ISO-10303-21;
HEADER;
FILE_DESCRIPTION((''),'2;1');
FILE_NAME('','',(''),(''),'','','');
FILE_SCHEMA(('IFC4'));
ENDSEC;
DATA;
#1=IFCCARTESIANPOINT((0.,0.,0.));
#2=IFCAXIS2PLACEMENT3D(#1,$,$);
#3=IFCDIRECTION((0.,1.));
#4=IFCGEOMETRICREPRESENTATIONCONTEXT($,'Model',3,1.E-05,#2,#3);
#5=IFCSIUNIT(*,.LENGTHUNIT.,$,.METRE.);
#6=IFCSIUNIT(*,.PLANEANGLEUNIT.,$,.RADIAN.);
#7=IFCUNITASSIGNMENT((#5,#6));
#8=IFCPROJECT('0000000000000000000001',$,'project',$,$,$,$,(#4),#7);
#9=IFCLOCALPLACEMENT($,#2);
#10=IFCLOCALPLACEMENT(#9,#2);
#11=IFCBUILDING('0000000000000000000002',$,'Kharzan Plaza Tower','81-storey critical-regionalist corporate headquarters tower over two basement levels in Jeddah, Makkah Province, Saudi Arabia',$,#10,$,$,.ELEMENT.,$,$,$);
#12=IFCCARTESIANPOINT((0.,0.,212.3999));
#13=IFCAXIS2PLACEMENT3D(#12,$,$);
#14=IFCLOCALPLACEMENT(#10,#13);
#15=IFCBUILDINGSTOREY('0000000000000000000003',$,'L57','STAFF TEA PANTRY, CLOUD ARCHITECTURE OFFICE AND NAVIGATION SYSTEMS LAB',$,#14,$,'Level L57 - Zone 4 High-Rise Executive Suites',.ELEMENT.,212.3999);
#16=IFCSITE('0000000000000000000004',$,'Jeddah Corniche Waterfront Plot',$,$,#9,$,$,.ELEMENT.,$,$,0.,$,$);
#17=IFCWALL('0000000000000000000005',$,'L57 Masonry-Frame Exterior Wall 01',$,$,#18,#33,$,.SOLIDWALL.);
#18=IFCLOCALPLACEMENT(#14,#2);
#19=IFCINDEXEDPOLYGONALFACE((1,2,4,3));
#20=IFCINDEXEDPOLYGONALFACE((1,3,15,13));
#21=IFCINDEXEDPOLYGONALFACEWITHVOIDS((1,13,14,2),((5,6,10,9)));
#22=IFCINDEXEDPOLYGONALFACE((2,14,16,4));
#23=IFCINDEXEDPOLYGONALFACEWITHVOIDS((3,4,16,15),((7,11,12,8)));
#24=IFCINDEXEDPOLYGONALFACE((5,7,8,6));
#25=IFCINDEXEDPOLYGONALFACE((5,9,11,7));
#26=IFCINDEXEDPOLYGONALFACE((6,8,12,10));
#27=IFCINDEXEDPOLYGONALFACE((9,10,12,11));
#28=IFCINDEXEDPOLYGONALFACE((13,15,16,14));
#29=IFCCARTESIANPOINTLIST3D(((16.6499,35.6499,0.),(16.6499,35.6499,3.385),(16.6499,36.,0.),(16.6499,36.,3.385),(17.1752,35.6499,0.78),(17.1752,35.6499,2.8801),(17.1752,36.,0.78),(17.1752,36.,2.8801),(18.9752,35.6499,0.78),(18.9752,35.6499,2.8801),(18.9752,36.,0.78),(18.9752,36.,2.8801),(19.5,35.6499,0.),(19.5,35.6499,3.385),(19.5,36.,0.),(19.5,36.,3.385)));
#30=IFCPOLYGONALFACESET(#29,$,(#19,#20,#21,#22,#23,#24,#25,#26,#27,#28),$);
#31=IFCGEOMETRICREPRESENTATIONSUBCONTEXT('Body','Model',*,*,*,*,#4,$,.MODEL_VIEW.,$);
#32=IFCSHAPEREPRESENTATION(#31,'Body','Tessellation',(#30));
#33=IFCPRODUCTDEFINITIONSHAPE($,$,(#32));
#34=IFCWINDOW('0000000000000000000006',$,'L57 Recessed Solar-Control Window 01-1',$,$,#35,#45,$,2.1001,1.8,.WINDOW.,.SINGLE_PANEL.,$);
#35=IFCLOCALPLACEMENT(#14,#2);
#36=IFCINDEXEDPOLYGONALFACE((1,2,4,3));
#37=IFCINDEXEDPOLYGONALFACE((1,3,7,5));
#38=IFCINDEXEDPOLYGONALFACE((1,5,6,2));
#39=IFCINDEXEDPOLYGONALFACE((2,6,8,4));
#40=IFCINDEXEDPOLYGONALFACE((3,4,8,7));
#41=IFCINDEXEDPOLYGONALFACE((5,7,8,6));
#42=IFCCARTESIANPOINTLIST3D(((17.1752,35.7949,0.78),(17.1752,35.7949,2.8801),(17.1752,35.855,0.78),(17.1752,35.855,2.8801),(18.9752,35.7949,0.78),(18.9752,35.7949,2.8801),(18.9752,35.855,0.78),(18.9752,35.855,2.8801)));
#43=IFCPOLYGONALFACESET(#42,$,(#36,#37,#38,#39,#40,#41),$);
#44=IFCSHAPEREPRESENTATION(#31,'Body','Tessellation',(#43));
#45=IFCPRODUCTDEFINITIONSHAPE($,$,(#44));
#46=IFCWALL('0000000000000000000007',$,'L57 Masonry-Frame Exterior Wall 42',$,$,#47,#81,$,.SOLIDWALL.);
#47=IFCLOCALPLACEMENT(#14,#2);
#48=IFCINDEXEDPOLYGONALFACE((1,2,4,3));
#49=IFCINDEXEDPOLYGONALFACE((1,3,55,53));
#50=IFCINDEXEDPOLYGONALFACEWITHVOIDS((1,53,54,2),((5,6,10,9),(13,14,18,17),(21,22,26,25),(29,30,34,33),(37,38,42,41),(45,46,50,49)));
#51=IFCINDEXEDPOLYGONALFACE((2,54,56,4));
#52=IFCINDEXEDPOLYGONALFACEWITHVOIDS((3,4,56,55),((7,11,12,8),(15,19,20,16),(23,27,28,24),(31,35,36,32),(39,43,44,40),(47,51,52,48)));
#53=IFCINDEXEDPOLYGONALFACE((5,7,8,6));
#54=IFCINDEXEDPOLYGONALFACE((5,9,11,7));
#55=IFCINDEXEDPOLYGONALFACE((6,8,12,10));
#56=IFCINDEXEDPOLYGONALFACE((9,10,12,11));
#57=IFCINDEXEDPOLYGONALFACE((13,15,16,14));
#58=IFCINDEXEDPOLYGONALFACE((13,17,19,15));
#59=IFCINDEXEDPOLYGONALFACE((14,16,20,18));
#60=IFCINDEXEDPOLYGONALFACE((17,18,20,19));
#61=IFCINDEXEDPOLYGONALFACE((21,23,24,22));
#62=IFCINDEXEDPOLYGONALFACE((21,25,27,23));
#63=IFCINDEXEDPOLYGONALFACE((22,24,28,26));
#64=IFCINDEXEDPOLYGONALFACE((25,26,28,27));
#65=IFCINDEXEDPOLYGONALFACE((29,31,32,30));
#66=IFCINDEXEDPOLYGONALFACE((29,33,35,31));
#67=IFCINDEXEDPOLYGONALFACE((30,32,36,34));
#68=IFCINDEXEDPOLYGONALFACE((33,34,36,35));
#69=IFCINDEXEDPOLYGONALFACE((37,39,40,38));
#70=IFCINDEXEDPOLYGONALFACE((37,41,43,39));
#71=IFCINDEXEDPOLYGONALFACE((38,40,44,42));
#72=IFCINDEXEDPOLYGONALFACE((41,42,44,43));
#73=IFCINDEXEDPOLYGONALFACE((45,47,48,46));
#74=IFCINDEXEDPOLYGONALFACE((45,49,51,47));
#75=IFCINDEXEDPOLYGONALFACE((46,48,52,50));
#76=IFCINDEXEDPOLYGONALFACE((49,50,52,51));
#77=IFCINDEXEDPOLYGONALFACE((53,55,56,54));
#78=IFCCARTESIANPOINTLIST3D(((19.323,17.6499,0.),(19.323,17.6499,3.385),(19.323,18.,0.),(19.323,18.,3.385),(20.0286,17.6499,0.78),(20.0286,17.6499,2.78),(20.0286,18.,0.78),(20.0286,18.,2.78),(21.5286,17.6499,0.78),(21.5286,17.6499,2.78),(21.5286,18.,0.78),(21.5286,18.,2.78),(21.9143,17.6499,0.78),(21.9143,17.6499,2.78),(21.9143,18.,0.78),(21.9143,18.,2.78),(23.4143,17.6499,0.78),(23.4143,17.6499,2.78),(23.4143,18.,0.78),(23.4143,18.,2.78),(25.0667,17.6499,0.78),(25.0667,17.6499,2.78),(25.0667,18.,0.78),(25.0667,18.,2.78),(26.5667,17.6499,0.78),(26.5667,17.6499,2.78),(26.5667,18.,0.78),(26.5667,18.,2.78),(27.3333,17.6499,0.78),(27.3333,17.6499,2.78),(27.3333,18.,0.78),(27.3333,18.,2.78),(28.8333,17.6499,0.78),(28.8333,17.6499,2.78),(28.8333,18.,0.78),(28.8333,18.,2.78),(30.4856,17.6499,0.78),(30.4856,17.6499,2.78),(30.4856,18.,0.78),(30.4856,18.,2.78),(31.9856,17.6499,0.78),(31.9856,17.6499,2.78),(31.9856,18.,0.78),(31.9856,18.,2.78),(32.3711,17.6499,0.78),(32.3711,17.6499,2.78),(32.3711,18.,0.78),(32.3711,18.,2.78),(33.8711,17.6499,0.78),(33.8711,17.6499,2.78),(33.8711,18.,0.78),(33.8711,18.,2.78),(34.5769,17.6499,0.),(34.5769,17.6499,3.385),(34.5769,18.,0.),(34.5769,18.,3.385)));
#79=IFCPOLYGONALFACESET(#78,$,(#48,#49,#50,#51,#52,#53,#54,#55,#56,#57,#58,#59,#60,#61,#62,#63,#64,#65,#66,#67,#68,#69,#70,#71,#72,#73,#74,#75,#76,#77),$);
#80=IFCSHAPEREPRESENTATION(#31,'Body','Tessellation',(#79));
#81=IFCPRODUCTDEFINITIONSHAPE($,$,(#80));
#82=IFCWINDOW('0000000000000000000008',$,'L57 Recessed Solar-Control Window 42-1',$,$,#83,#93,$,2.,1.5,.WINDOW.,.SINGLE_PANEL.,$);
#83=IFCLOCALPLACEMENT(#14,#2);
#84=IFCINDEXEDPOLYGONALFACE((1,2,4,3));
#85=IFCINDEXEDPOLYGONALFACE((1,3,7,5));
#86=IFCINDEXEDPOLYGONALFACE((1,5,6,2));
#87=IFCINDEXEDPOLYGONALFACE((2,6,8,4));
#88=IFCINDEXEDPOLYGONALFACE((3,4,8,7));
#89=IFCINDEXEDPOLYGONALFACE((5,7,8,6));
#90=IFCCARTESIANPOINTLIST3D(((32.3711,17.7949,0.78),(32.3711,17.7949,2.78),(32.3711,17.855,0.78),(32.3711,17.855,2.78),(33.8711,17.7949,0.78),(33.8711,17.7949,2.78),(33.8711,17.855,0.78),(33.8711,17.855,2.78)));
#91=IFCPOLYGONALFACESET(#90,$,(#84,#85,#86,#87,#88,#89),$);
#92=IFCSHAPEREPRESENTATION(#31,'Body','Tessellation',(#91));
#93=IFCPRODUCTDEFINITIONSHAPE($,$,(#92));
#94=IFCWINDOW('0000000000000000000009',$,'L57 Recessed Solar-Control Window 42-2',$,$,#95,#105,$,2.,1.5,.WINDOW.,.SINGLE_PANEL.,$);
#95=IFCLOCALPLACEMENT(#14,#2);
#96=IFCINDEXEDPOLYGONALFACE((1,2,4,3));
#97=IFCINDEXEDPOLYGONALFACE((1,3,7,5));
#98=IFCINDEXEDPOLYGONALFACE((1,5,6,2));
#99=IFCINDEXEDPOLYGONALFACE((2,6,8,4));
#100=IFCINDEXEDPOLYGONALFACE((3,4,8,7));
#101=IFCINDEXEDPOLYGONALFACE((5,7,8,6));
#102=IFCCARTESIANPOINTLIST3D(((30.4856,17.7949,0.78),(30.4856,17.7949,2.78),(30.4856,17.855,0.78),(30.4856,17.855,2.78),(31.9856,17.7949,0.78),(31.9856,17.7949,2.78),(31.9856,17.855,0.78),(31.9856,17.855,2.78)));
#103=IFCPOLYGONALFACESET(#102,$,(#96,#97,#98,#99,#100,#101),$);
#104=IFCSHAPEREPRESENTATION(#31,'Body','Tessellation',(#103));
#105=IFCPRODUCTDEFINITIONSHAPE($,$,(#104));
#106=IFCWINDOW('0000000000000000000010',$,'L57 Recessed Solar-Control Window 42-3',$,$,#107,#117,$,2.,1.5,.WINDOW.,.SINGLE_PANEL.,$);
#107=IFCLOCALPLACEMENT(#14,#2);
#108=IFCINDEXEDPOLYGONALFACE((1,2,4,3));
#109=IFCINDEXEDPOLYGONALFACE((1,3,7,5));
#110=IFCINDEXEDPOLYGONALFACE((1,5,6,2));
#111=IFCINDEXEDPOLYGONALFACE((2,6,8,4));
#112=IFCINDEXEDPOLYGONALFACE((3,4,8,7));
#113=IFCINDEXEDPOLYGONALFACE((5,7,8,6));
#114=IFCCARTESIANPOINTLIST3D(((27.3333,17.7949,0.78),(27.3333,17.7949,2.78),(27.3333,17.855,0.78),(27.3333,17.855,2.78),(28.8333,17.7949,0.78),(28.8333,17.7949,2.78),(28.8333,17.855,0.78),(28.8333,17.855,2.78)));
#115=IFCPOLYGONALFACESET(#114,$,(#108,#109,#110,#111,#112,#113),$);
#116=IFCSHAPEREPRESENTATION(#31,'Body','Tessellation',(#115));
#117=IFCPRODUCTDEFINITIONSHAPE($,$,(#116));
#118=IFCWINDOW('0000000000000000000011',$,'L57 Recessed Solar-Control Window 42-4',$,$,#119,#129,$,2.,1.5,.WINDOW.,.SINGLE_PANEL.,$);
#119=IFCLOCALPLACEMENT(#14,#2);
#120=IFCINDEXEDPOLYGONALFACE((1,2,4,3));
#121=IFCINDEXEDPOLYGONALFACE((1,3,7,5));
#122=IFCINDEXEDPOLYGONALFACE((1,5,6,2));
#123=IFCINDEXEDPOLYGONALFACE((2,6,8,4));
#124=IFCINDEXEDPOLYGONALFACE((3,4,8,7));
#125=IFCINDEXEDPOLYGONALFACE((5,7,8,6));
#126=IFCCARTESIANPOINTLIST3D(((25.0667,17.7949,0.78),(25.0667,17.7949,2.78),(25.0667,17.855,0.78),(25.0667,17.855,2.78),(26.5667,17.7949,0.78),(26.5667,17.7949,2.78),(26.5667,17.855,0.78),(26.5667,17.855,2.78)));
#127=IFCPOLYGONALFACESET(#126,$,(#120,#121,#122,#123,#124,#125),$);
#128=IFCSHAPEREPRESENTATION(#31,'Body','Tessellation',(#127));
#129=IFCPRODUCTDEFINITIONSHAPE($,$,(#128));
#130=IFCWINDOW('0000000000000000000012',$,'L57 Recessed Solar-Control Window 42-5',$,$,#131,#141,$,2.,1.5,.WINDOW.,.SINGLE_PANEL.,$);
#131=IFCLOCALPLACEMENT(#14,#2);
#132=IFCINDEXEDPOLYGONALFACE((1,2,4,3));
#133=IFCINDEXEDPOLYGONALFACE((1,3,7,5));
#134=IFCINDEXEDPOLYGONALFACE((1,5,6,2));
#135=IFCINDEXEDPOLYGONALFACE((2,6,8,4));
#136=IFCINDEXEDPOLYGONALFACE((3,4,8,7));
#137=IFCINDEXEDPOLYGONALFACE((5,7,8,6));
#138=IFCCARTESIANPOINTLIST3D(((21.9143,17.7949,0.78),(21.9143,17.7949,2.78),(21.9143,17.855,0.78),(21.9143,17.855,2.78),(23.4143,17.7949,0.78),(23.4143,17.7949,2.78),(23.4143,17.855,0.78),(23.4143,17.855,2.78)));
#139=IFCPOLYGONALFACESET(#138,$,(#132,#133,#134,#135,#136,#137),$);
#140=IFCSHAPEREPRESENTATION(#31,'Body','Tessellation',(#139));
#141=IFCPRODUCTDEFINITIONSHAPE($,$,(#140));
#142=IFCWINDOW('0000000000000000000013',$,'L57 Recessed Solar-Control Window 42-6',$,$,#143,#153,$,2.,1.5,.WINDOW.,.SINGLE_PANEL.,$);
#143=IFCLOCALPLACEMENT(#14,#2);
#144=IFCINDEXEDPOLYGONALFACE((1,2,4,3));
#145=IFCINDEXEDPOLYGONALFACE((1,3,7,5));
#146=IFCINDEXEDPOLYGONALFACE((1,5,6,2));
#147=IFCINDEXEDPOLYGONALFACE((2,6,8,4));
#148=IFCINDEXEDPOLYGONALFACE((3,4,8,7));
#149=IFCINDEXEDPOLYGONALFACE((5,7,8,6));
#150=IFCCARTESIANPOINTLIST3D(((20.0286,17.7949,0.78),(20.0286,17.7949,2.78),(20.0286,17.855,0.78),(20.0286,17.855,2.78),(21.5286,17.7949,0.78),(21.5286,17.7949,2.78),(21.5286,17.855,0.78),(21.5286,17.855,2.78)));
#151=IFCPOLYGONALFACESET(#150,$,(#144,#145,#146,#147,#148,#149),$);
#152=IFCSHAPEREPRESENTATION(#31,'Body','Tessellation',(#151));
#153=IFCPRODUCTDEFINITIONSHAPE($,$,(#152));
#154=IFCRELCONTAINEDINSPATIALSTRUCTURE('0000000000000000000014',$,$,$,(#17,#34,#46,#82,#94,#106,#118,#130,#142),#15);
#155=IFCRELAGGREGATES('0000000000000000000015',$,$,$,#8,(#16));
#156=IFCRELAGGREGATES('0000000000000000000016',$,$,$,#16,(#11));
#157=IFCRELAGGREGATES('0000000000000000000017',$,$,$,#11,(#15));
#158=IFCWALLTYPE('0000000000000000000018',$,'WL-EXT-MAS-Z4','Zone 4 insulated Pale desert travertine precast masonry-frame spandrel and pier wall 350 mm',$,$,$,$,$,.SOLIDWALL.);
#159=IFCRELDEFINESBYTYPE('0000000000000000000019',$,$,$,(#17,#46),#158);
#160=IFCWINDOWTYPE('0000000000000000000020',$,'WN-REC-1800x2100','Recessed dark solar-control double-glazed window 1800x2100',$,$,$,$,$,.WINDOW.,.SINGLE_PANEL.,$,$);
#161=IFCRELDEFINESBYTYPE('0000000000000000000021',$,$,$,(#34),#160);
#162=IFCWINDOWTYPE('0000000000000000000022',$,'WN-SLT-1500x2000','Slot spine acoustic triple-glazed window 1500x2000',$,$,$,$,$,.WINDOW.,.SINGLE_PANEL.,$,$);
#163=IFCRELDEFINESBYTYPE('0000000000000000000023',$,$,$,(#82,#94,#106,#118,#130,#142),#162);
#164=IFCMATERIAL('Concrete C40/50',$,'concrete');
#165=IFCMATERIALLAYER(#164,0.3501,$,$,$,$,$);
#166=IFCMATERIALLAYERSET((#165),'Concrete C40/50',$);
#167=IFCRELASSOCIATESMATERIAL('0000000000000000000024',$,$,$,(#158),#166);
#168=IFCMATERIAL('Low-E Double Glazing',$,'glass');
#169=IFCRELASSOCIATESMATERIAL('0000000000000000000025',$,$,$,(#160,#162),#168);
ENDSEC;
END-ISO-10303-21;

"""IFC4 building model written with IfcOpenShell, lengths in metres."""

from ifc_helpers import new_model, si_unit, direction, frame, frame_2d, origin, place, context, subcontext, project, spatial, rectangle, extrude, source, transform, mapped, material, layer, layer_set, type_object, element, fill, save


model = new_model("IFC4")

# Units and contexts
model_context = context("Model", 3, precision=1e-05, world=origin(), true_north=direction((0.0, 1.0)))
body_context = subcontext(model_context, "Body", "Model", "MODEL_VIEW")
ifc_project = project(units=[si_unit("LENGTHUNIT", "METRE"), si_unit("PLANEANGLEUNIT", "RADIAN")], contexts=[model_context])

# Site, building, storey
site_placement = place(None, origin())
site = spatial("IfcSite", under=ifc_project, at=site_placement, Name="Jeddah Corniche Waterfront Plot", CompositionType="ELEMENT", RefElevation=0.0)
building_placement = place(site_placement, origin())
building = spatial("IfcBuilding", under=site, at=building_placement, Name="Kharzan Plaza Tower", Description="81-storey critical-regionalist corporate headquarters tower over two basement levels in Jeddah, Makkah Province, Saudi Arabia", CompositionType="ELEMENT")
storey_placement = place(building_placement, frame((0.0, 0.0, 212.3999)))
storey = spatial("IfcBuildingStorey", under=building, at=storey_placement, Name="L57", Description="STAFF TEA PANTRY, CLOUD ARCHITECTURE OFFICE AND NAVIGATION SYSTEMS LAB", LongName="Level L57 - Zone 4 High-Rise Executive Suites", CompositionType="ELEMENT", Elevation=212.3999)

# Wall, opening, window
ifc_material_1 = material(Name="Concrete C40/50", Category="concrete")
ifc_layer_1 = layer(ifc_material_1, 0.3501)
ifc_layer_set_1 = layer_set([ifc_layer_1], Name="Concrete C40/50")
wall_type_1 = type_object("IfcWallType", Name="WL-EXT-MAS-Z4", Description="Zone 4 insulated Pale desert travertine precast masonry-frame spandrel and pier wall 350 mm", PredefinedType="SOLIDWALL", material=ifc_layer_set_1)
wall_1_placement = place(storey_placement, frame((19.5, 35.825, 0.0), z_axis=(0.0, 0.0, 1.0), x_axis=(-1.0, 0.0, 0.0)))
wall_1 = element("IfcWall", 1, at=wall_1_placement, inside=storey, type_object=wall_type_1, Name="L57 Masonry-Frame Exterior Wall 01", PredefinedType="SOLIDWALL", context=body_context, shape_type="SweptSolid", body=[
    extrude(rectangle(XDim=2.8501, YDim=0.3501, at=frame_2d((1.425, 0.0))), origin(), (0.0, 0.0, 1.0), 3.385),
])
opening_1_placement = place(wall_1_placement, frame((0.5249, 0.0, 0.78)))
opening_1 = element("IfcOpeningElement", 2, at=opening_1_placement, cuts=wall_1, PredefinedType="OPENING", context=body_context, shape_type="SweptSolid", body=[
    extrude(rectangle(XDim=1.8, YDim=2.1001, at=frame_2d((0.8999, 1.05))), frame((0.0, 0.1851, 0.0), z_axis=(0.0, -1.0, 0.0), x_axis=(1.0, 0.0, 0.0)), (0.0, 0.0, 1.0), 0.3701),
])
ifc_material_2 = material(Name="Low-E Double Glazing", Category="glass")
window_type_1 = type_object("IfcWindowType", Name="WN-REC-1800x2100", Description="Recessed dark solar-control double-glazed window 1800x2100", PartitioningType="SINGLE_PANEL", PredefinedType="WINDOW", material=ifc_material_2)
shared_shape_1 = source(origin(), body_context, "Body", "SweptSolid", [
    extrude(rectangle(XDim=1.8, YDim=2.1001, at=frame_2d((0.8999, 1.05))), frame((0.0, 0.03, 0.0), z_axis=(0.0, -1.0, 0.0), x_axis=(1.0, 0.0, 0.0)), (0.0, 0.0, 1.0), 0.0601),
])
window_1_placement = place(opening_1_placement, origin())
window_1 = element("IfcWindow", 3, at=window_1_placement, inside=storey, type_object=window_type_1, Name="L57 Recessed Solar-Control Window 01-1", OverallHeight=2.1001, OverallWidth=1.8, PartitioningType="SINGLE_PANEL", PredefinedType="WINDOW", context=body_context, shape_type="MappedRepresentation", body=[
    mapped(shared_shape_1, transform((0.0, 0.0, 0.0), x_axis=(1.0, 0.0, 0.0), y_axis=(0.0, 1.0, 0.0), z_axis=(0.0, 0.0, 1.0))),
])
fill(opening_1, window_1)

# Wall, openings, windows
wall_2_placement = place(storey_placement, frame((34.5769, 17.825, 0.0), z_axis=(0.0, 0.0, 1.0), x_axis=(-1.0, 0.0, 0.0)))
wall_2 = element("IfcWall", 4, at=wall_2_placement, inside=storey, type_object=wall_type_1, Name="L57 Masonry-Frame Exterior Wall 42", PredefinedType="SOLIDWALL", context=body_context, shape_type="SweptSolid", body=[
    extrude(rectangle(XDim=15.2539, YDim=0.3501, at=frame_2d((7.627, 0.0))), origin(), (0.0, 0.0, 1.0), 3.385),
])
opening_2_placement = place(wall_2_placement, frame((0.7058, 0.0, 0.78)))
opening_2 = element("IfcOpeningElement", 5, at=opening_2_placement, cuts=wall_2, PredefinedType="OPENING", context=body_context, shape_type="SweptSolid", body=[
    extrude(rectangle(XDim=1.5, YDim=2.0, at=frame_2d((0.75, 1.0))), frame((0.0, 0.1851, 0.0), z_axis=(0.0, -1.0, 0.0), x_axis=(1.0, 0.0, 0.0)), (0.0, 0.0, 1.0), 0.3701),
])
opening_3_placement = place(wall_2_placement, frame((2.5913, 0.0, 0.78)))
opening_3 = element("IfcOpeningElement", 6, at=opening_3_placement, cuts=wall_2, PredefinedType="OPENING", context=body_context, shape_type="SweptSolid", body=[
    extrude(rectangle(XDim=1.5, YDim=2.0, at=frame_2d((0.75, 1.0))), frame((0.0, 0.1851, 0.0), z_axis=(0.0, -1.0, 0.0), x_axis=(1.0, 0.0, 0.0)), (0.0, 0.0, 1.0), 0.3701),
])
opening_4_placement = place(wall_2_placement, frame((5.7437, 0.0, 0.78)))
opening_4 = element("IfcOpeningElement", 7, at=opening_4_placement, cuts=wall_2, PredefinedType="OPENING", context=body_context, shape_type="SweptSolid", body=[
    extrude(rectangle(XDim=1.5, YDim=2.0, at=frame_2d((0.75, 1.0))), frame((0.0, 0.1851, 0.0), z_axis=(0.0, -1.0, 0.0), x_axis=(1.0, 0.0, 0.0)), (0.0, 0.0, 1.0), 0.3701),
])
opening_5_placement = place(wall_2_placement, frame((8.0103, 0.0, 0.78)))
opening_5 = element("IfcOpeningElement", 8, at=opening_5_placement, cuts=wall_2, PredefinedType="OPENING", context=body_context, shape_type="SweptSolid", body=[
    extrude(rectangle(XDim=1.5, YDim=2.0, at=frame_2d((0.75, 1.0))), frame((0.0, 0.1851, 0.0), z_axis=(0.0, -1.0, 0.0), x_axis=(1.0, 0.0, 0.0)), (0.0, 0.0, 1.0), 0.3701),
])
opening_6_placement = place(wall_2_placement, frame((11.1626, 0.0, 0.78)))
opening_6 = element("IfcOpeningElement", 9, at=opening_6_placement, cuts=wall_2, PredefinedType="OPENING", context=body_context, shape_type="SweptSolid", body=[
    extrude(rectangle(XDim=1.5, YDim=2.0, at=frame_2d((0.75, 1.0))), frame((0.0, 0.1851, 0.0), z_axis=(0.0, -1.0, 0.0), x_axis=(1.0, 0.0, 0.0)), (0.0, 0.0, 1.0), 0.3701),
])
opening_7_placement = place(wall_2_placement, frame((13.0483, 0.0, 0.78)))
opening_7 = element("IfcOpeningElement", 10, at=opening_7_placement, cuts=wall_2, PredefinedType="OPENING", context=body_context, shape_type="SweptSolid", body=[
    extrude(rectangle(XDim=1.5, YDim=2.0, at=frame_2d((0.75, 1.0))), frame((0.0, 0.1851, 0.0), z_axis=(0.0, -1.0, 0.0), x_axis=(1.0, 0.0, 0.0)), (0.0, 0.0, 1.0), 0.3701),
])
window_type_2 = type_object("IfcWindowType", Name="WN-SLT-1500x2000", Description="Slot spine acoustic triple-glazed window 1500x2000", PartitioningType="SINGLE_PANEL", PredefinedType="WINDOW", material=ifc_material_2)
shared_shape_2 = source(origin(), body_context, "Body", "SweptSolid", [
    extrude(rectangle(XDim=1.5, YDim=2.0, at=frame_2d((0.75, 1.0))), frame((0.0, 0.03, 0.0), z_axis=(0.0, -1.0, 0.0), x_axis=(1.0, 0.0, 0.0)), (0.0, 0.0, 1.0), 0.0601),
])
window_2_placement = place(opening_2_placement, origin())
window_2 = element("IfcWindow", 11, at=window_2_placement, inside=storey, type_object=window_type_2, Name="L57 Recessed Solar-Control Window 42-1", OverallHeight=2.0, OverallWidth=1.5, PartitioningType="SINGLE_PANEL", PredefinedType="WINDOW", context=body_context, shape_type="MappedRepresentation", body=[
    mapped(shared_shape_2, transform((0.0, 0.0, 0.0), x_axis=(1.0, 0.0, 0.0), y_axis=(0.0, 1.0, 0.0), z_axis=(0.0, 0.0, 1.0))),
])
fill(opening_2, window_2)
window_3_placement = place(opening_3_placement, origin())
window_3 = element("IfcWindow", 12, at=window_3_placement, inside=storey, type_object=window_type_2, Name="L57 Recessed Solar-Control Window 42-2", OverallHeight=2.0, OverallWidth=1.5, PartitioningType="SINGLE_PANEL", PredefinedType="WINDOW", context=body_context, shape_type="MappedRepresentation", body=[
    mapped(shared_shape_2, transform((0.0, 0.0, 0.0), x_axis=(1.0, 0.0, 0.0), y_axis=(0.0, 1.0, 0.0), z_axis=(0.0, 0.0, 1.0))),
])
fill(opening_3, window_3)
window_4_placement = place(opening_4_placement, origin())
window_4 = element("IfcWindow", 13, at=window_4_placement, inside=storey, type_object=window_type_2, Name="L57 Recessed Solar-Control Window 42-3", OverallHeight=2.0, OverallWidth=1.5, PartitioningType="SINGLE_PANEL", PredefinedType="WINDOW", context=body_context, shape_type="MappedRepresentation", body=[
    mapped(shared_shape_2, transform((0.0, 0.0, 0.0), x_axis=(1.0, 0.0, 0.0), y_axis=(0.0, 1.0, 0.0), z_axis=(0.0, 0.0, 1.0))),
])
fill(opening_4, window_4)
window_5_placement = place(opening_5_placement, origin())
window_5 = element("IfcWindow", 14, at=window_5_placement, inside=storey, type_object=window_type_2, Name="L57 Recessed Solar-Control Window 42-4", OverallHeight=2.0, OverallWidth=1.5, PartitioningType="SINGLE_PANEL", PredefinedType="WINDOW", context=body_context, shape_type="MappedRepresentation", body=[
    mapped(shared_shape_2, transform((0.0, 0.0, 0.0), x_axis=(1.0, 0.0, 0.0), y_axis=(0.0, 1.0, 0.0), z_axis=(0.0, 0.0, 1.0))),
])
fill(opening_5, window_5)
window_6_placement = place(opening_6_placement, origin())
window_6 = element("IfcWindow", 15, at=window_6_placement, inside=storey, type_object=window_type_2, Name="L57 Recessed Solar-Control Window 42-5", OverallHeight=2.0, OverallWidth=1.5, PartitioningType="SINGLE_PANEL", PredefinedType="WINDOW", context=body_context, shape_type="MappedRepresentation", body=[
    mapped(shared_shape_2, transform((0.0, 0.0, 0.0), x_axis=(1.0, 0.0, 0.0), y_axis=(0.0, 1.0, 0.0), z_axis=(0.0, 0.0, 1.0))),
])
fill(opening_6, window_6)
window_7_placement = place(opening_7_placement, origin())
window_7 = element("IfcWindow", 16, at=window_7_placement, inside=storey, type_object=window_type_2, Name="L57 Recessed Solar-Control Window 42-6", OverallHeight=2.0, OverallWidth=1.5, PartitioningType="SINGLE_PANEL", PredefinedType="WINDOW", context=body_context, shape_type="MappedRepresentation", body=[
    mapped(shared_shape_2, transform((0.0, 0.0, 0.0), x_axis=(1.0, 0.0, 0.0), y_axis=(0.0, 1.0, 0.0), z_axis=(0.0, 0.0, 1.0))),
])
fill(opening_7, window_7)

save(model, "model.ifc")
